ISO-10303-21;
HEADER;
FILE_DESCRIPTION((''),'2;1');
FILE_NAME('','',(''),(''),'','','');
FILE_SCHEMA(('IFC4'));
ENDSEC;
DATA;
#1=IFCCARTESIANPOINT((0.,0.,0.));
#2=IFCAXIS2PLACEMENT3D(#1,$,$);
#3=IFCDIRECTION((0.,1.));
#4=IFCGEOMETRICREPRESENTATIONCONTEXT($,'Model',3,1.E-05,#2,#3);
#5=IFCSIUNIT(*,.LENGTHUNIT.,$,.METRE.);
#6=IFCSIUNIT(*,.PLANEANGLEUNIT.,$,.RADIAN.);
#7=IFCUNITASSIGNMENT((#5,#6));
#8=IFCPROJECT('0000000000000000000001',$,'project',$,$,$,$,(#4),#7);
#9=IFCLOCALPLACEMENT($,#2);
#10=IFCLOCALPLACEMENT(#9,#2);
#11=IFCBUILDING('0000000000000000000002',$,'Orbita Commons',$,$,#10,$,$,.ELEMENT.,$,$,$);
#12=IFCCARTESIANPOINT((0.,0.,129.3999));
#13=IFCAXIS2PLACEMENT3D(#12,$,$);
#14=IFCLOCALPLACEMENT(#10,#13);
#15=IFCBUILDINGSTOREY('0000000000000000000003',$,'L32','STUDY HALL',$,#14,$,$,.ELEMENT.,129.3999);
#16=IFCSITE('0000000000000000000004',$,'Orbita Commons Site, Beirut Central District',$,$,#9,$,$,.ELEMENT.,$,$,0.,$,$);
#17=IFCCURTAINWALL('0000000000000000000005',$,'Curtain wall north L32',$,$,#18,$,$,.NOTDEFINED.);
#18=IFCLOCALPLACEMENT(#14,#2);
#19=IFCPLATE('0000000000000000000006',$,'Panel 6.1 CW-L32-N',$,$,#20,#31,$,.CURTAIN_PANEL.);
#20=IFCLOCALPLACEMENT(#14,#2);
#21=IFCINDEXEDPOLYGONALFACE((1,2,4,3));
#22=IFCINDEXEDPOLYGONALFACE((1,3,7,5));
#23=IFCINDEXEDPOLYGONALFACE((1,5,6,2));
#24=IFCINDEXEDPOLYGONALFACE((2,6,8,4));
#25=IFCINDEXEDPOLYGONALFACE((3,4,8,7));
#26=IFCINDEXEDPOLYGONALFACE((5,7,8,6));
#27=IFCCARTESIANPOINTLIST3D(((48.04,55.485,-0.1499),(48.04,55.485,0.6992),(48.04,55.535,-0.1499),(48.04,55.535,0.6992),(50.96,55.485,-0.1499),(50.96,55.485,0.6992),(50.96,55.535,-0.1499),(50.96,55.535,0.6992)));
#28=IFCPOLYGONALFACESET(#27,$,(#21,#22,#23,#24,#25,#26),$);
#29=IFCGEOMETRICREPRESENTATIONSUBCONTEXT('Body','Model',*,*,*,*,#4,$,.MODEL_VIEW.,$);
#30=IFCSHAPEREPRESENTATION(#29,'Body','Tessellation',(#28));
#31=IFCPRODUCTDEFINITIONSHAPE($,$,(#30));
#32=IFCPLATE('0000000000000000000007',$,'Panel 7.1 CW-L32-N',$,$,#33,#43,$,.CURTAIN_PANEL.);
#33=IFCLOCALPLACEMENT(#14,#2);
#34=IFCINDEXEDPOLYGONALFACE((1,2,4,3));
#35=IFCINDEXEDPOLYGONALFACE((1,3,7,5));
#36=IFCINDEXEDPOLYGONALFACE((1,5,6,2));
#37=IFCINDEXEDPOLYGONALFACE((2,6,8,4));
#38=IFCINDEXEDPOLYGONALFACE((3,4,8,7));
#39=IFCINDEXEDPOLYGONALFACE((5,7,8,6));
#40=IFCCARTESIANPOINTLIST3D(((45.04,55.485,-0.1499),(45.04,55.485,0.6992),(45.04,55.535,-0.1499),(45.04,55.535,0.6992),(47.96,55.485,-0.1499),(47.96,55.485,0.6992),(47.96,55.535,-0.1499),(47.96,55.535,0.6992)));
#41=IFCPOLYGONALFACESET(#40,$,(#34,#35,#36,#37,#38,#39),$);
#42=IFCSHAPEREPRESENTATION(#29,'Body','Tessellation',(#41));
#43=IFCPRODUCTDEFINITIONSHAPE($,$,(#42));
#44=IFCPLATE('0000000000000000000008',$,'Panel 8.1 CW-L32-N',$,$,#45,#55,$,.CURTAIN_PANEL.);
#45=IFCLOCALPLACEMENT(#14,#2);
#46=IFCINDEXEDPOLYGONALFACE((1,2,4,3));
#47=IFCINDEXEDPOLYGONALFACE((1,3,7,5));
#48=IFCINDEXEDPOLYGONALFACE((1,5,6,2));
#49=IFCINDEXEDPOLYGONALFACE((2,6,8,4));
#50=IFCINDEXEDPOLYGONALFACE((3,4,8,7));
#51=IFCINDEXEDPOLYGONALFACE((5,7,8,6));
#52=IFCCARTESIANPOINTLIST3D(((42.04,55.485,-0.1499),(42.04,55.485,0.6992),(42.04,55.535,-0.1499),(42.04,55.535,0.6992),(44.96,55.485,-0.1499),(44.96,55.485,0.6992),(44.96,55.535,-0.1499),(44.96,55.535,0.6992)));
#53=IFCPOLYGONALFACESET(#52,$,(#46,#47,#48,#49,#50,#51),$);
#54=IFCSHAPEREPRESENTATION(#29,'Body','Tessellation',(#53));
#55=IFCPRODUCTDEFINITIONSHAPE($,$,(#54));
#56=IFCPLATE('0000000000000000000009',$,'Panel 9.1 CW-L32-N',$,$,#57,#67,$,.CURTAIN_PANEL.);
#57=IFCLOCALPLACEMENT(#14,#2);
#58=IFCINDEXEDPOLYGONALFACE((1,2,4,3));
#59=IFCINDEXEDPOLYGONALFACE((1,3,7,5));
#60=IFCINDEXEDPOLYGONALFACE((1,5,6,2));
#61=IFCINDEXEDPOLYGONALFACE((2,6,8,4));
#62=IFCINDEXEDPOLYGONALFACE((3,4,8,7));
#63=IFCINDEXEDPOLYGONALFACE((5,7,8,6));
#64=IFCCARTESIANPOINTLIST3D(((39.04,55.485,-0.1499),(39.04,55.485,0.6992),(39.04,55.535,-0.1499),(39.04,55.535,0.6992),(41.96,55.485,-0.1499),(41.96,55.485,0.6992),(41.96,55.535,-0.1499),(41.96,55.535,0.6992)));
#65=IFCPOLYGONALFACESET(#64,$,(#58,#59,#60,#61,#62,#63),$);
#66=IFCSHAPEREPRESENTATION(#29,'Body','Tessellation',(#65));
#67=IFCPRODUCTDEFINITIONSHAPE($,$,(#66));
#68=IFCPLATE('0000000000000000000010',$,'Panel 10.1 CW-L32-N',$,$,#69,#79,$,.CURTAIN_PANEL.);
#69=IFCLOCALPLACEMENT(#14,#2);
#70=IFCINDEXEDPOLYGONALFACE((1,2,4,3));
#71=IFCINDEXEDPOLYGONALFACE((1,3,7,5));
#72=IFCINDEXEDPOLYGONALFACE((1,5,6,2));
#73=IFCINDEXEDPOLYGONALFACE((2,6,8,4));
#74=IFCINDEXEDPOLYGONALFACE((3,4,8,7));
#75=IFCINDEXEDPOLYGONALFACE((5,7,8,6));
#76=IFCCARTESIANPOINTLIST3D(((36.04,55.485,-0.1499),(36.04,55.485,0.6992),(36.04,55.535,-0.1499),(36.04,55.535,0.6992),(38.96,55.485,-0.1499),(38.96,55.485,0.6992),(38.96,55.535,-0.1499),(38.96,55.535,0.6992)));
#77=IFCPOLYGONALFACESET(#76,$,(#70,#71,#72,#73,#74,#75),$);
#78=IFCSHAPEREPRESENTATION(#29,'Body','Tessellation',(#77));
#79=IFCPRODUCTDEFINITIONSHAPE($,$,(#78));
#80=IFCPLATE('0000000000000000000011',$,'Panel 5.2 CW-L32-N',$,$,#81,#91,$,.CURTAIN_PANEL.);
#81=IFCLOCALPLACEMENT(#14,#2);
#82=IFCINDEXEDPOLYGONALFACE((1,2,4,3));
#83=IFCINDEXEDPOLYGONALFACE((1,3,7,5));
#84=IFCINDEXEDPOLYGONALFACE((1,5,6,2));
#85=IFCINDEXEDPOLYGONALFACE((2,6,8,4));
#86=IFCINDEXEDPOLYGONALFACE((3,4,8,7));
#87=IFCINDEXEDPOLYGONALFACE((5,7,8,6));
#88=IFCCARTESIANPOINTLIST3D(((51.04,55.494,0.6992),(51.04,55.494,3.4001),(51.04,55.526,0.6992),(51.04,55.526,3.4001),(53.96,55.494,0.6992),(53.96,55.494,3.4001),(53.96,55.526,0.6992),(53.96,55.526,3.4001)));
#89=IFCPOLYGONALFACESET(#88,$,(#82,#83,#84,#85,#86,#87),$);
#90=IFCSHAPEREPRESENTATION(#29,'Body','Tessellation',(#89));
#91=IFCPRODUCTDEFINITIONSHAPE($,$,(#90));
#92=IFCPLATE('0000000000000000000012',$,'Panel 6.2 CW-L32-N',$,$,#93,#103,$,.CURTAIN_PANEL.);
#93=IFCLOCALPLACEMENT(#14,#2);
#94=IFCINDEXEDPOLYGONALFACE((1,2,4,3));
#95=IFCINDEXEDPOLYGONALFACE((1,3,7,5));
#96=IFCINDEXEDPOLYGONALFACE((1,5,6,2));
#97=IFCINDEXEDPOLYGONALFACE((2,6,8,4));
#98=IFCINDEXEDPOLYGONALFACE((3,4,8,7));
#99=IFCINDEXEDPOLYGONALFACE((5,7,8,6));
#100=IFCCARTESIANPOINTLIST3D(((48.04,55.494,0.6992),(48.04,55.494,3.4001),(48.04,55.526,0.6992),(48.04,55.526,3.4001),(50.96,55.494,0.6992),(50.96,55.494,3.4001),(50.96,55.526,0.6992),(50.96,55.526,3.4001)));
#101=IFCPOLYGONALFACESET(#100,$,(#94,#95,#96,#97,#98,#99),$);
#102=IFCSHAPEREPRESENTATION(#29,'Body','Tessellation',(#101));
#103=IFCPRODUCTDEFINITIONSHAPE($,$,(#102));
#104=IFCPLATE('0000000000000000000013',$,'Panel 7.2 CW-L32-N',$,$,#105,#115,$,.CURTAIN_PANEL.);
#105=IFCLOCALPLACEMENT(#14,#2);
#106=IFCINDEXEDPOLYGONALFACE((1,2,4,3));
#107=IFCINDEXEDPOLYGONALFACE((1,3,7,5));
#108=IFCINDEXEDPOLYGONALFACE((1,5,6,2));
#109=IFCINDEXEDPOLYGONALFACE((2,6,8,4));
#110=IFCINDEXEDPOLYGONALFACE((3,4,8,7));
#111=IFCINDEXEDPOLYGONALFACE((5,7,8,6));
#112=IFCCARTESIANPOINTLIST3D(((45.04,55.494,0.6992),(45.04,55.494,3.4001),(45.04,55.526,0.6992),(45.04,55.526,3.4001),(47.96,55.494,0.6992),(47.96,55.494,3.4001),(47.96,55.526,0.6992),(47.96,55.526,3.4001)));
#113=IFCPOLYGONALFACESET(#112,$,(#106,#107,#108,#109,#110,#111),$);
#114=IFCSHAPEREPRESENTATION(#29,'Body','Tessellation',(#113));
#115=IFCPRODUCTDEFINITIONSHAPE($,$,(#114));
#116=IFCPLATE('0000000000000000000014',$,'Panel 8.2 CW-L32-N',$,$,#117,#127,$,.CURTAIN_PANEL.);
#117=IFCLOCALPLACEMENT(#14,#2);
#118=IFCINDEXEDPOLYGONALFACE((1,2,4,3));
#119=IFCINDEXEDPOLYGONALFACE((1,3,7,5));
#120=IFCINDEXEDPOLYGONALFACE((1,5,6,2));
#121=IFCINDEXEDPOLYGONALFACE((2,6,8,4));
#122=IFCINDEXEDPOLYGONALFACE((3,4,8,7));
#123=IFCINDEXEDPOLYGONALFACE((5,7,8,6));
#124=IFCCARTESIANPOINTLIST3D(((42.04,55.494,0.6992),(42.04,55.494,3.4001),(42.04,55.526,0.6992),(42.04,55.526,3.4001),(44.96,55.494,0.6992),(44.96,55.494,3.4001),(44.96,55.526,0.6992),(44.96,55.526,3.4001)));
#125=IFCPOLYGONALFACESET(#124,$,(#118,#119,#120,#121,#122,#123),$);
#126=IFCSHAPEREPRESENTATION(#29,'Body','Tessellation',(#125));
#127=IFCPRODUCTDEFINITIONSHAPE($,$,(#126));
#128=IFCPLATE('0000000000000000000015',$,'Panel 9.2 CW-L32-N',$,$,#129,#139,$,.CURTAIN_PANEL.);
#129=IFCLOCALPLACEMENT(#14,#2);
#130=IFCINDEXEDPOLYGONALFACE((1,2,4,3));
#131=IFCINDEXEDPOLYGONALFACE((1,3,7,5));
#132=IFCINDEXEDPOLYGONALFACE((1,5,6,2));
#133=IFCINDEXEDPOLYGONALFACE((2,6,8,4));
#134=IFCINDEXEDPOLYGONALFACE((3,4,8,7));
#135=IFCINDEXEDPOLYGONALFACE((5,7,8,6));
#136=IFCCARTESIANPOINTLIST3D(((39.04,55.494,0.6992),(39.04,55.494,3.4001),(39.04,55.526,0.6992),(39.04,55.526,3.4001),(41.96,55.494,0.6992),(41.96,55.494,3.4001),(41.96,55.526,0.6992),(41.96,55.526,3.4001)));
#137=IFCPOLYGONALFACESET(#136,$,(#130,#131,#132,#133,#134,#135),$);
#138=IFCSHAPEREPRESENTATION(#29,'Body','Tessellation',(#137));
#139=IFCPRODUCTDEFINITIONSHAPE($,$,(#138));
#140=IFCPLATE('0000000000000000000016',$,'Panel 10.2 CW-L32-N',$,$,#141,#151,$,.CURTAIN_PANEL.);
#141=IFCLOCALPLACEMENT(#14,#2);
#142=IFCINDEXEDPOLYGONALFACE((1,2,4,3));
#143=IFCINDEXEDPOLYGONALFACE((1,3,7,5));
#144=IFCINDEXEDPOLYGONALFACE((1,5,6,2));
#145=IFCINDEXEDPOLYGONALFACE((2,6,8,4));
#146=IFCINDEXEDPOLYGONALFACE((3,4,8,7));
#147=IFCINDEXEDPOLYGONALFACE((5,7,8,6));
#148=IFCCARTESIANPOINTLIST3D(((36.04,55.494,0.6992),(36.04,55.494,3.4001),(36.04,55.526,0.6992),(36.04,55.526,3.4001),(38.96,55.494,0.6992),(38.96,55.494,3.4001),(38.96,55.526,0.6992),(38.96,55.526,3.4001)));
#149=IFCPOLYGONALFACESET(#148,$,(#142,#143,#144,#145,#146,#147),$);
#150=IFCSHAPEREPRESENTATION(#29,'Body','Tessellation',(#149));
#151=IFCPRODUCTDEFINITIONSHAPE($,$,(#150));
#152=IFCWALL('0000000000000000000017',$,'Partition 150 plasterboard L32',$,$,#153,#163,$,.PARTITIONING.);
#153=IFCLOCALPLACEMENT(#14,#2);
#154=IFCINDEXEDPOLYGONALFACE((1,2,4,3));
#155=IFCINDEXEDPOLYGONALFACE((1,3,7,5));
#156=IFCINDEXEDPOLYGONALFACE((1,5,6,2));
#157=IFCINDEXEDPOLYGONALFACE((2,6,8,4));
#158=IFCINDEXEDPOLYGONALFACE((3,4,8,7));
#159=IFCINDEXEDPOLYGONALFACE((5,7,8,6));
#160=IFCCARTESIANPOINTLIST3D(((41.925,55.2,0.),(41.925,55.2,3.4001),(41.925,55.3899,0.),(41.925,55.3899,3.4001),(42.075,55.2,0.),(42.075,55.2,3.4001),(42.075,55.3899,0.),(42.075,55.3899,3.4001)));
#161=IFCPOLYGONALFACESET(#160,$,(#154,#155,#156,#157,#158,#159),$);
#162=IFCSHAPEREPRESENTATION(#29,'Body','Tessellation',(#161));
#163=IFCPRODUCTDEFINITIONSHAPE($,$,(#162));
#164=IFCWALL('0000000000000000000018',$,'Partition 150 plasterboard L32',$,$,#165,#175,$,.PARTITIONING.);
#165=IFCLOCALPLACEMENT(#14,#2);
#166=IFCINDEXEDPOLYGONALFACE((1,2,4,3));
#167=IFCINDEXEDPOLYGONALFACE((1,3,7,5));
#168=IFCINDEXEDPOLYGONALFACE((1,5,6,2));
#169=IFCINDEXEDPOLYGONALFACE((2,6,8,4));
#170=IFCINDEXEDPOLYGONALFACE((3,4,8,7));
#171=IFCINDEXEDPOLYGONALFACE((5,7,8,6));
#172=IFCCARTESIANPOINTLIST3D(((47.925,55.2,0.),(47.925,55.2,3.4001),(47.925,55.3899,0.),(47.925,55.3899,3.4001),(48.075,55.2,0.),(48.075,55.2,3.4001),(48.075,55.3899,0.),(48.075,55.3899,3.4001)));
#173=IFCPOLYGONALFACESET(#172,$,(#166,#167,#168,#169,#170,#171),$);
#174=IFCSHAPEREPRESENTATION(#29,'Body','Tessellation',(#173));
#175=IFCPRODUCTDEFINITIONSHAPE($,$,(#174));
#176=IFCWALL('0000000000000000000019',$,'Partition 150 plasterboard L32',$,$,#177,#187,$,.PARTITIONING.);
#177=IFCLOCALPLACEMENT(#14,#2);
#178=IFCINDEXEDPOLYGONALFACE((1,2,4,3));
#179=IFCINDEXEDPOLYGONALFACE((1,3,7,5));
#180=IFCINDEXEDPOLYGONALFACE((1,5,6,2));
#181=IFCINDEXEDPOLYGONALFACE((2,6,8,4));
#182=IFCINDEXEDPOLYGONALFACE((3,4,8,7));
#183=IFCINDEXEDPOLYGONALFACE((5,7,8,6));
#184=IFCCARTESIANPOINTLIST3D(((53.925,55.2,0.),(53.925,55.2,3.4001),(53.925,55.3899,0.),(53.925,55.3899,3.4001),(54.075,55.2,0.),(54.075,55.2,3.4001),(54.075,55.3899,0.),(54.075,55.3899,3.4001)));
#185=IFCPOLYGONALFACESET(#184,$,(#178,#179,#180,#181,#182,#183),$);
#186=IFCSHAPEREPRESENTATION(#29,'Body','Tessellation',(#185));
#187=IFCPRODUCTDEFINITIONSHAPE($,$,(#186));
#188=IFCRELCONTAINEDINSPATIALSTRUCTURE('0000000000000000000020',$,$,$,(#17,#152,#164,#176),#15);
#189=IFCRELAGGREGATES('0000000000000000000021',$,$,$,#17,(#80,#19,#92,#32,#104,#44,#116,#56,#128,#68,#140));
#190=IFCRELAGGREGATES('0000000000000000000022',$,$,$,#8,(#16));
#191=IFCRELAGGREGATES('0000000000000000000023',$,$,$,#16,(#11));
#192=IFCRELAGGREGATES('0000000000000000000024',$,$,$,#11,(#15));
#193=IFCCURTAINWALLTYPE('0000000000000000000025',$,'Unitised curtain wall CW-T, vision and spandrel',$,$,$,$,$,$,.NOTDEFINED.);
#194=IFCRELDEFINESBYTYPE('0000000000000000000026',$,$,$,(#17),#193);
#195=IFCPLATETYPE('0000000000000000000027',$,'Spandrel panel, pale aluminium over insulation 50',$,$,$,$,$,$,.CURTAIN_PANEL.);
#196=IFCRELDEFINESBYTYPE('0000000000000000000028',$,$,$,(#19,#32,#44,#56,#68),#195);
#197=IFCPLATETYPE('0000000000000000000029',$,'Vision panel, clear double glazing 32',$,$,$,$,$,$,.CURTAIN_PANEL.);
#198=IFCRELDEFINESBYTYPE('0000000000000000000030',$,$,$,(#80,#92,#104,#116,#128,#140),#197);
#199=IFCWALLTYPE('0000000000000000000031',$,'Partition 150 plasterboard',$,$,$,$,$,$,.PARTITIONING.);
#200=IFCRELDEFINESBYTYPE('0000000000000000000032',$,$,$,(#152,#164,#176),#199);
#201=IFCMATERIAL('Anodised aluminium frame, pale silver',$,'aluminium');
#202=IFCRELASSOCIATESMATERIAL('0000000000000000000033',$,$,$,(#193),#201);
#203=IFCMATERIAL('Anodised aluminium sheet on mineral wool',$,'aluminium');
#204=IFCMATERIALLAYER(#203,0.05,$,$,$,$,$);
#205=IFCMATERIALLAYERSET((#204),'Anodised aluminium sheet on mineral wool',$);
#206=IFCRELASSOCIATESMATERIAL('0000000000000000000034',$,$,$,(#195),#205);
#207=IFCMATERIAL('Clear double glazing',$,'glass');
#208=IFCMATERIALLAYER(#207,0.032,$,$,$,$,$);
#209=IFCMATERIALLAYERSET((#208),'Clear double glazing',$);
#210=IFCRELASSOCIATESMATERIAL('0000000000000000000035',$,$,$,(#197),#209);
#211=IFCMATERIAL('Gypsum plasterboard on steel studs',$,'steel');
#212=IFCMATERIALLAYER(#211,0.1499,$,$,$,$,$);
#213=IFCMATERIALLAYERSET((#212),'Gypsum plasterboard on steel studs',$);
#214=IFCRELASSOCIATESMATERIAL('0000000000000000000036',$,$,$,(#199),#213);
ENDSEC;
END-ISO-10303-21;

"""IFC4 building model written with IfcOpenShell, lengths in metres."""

from ifc_helpers import new_model, si_unit, direction, frame, frame_2d, origin, origin_2d, place, context, subcontext, project, spatial, rectangle, extrude, material, layer, layer_set, type_object, element, aggregate, save


model = new_model("IFC4")

# Units and contexts
model_context = context("Model", 3, precision=1e-05, world=origin(), true_north=direction((0.0, 1.0)))
body_context = subcontext(model_context, "Body", "Model", "MODEL_VIEW")
ifc_project = project(units=[si_unit("LENGTHUNIT", "METRE"), si_unit("PLANEANGLEUNIT", "RADIAN")], contexts=[model_context])

# Site, building, storey
site_placement = place(None, origin())
site = spatial("IfcSite", under=ifc_project, at=site_placement, Name="Orbita Commons Site, Beirut Central District", CompositionType="ELEMENT", RefElevation=0.0)
building_placement = place(site_placement, origin())
building = spatial("IfcBuilding", under=site, at=building_placement, Name="Orbita Commons", CompositionType="ELEMENT")
storey_placement = place(building_placement, frame((0.0, 0.0, 129.3999)))
storey = spatial("IfcBuildingStorey", under=building, at=storey_placement, Name="L32", Description="STUDY HALL", CompositionType="ELEMENT", Elevation=129.3999)

# Curtain wall, plates
ifc_material_1 = material(Name="Anodised aluminium frame, pale silver", Category="aluminium")
curtain_wall_type = type_object("IfcCurtainWallType", Name="Unitised curtain wall CW-T, vision and spandrel", PredefinedType="NOTDEFINED", material=ifc_material_1)
curtain_wall_placement = place(storey_placement, origin())
curtain_wall = element("IfcCurtainWall", 1, at=curtain_wall_placement, inside=storey, type_object=curtain_wall_type, Name="Curtain wall north L32", PredefinedType="NOTDEFINED")
ifc_material_2 = material(Name="Anodised aluminium sheet on mineral wool", Category="aluminium")
ifc_layer_1 = layer(ifc_material_2, 0.05)
ifc_layer_set_1 = layer_set([ifc_layer_1], Name="Anodised aluminium sheet on mineral wool")
plate_type_1 = type_object("IfcPlateType", Name="Spandrel panel, pale aluminium over insulation 50", PredefinedType="CURTAIN_PANEL", material=ifc_layer_set_1)
plate_1_placement = place(storey_placement, frame((49.5, 55.51, -0.1499), z_axis=(0.0, 0.0, 1.0), x_axis=(-1.0, 0.0, 0.0)))
plate_1 = element("IfcPlate", 2, at=plate_1_placement, type_object=plate_type_1, Name="Panel 6.1 CW-L32-N", PredefinedType="CURTAIN_PANEL", context=body_context, shape_type="SweptSolid", body=[
    extrude(rectangle(XDim=2.9199, YDim=0.05, at=origin_2d()), origin(), (0.0, 0.0, 1.0), 0.8491),
])
plate_2_placement = place(storey_placement, frame((46.5, 55.51, -0.1499), z_axis=(0.0, 0.0, 1.0), x_axis=(-1.0, 0.0, 0.0)))
plate_2 = element("IfcPlate", 3, at=plate_2_placement, type_object=plate_type_1, Name="Panel 7.1 CW-L32-N", PredefinedType="CURTAIN_PANEL", context=body_context, shape_type="SweptSolid", body=[
    extrude(rectangle(XDim=2.9199, YDim=0.05, at=origin_2d()), origin(), (0.0, 0.0, 1.0), 0.8491),
])
plate_3_placement = place(storey_placement, frame((43.5, 55.51, -0.1499), z_axis=(0.0, 0.0, 1.0), x_axis=(-1.0, 0.0, 0.0)))
plate_3 = element("IfcPlate", 4, at=plate_3_placement, type_object=plate_type_1, Name="Panel 8.1 CW-L32-N", PredefinedType="CURTAIN_PANEL", context=body_context, shape_type="SweptSolid", body=[
    extrude(rectangle(XDim=2.9199, YDim=0.05, at=origin_2d()), origin(), (0.0, 0.0, 1.0), 0.8491),
])
plate_4_placement = place(storey_placement, frame((40.5, 55.51, -0.1499), z_axis=(0.0, 0.0, 1.0), x_axis=(-1.0, 0.0, 0.0)))
plate_4 = element("IfcPlate", 5, at=plate_4_placement, type_object=plate_type_1, Name="Panel 9.1 CW-L32-N", PredefinedType="CURTAIN_PANEL", context=body_context, shape_type="SweptSolid", body=[
    extrude(rectangle(XDim=2.9199, YDim=0.05, at=origin_2d()), origin(), (0.0, 0.0, 1.0), 0.8491),
])
plate_5_placement = place(storey_placement, frame((37.5, 55.51, -0.1499), z_axis=(0.0, 0.0, 1.0), x_axis=(-1.0, 0.0, 0.0)))
plate_5 = element("IfcPlate", 6, at=plate_5_placement, type_object=plate_type_1, Name="Panel 10.1 CW-L32-N", PredefinedType="CURTAIN_PANEL", context=body_context, shape_type="SweptSolid", body=[
    extrude(rectangle(XDim=2.9199, YDim=0.05, at=origin_2d()), origin(), (0.0, 0.0, 1.0), 0.8491),
])
ifc_material_3 = material(Name="Clear double glazing", Category="glass")
ifc_layer_2 = layer(ifc_material_3, 0.032)
ifc_layer_set_2 = layer_set([ifc_layer_2], Name="Clear double glazing")
plate_type_2 = type_object("IfcPlateType", Name="Vision panel, clear double glazing 32", PredefinedType="CURTAIN_PANEL", material=ifc_layer_set_2)
plate_6_placement = place(storey_placement, frame((52.5, 55.51, 0.6992), z_axis=(0.0, 0.0, 1.0), x_axis=(-1.0, 0.0, 0.0)))
plate_6 = element("IfcPlate", 7, at=plate_6_placement, type_object=plate_type_2, Name="Panel 5.2 CW-L32-N", PredefinedType="CURTAIN_PANEL", context=body_context, shape_type="SweptSolid", body=[
    extrude(rectangle(XDim=2.9199, YDim=0.032, at=origin_2d()), origin(), (0.0, 0.0, 1.0), 2.7009),
])
plate_7_placement = place(storey_placement, frame((49.5, 55.51, 0.6992), z_axis=(0.0, 0.0, 1.0), x_axis=(-1.0, 0.0, 0.0)))
plate_7 = element("IfcPlate", 8, at=plate_7_placement, type_object=plate_type_2, Name="Panel 6.2 CW-L32-N", PredefinedType="CURTAIN_PANEL", context=body_context, shape_type="SweptSolid", body=[
    extrude(rectangle(XDim=2.9199, YDim=0.032, at=origin_2d()), origin(), (0.0, 0.0, 1.0), 2.7009),
])
plate_8_placement = place(storey_placement, frame((46.5, 55.51, 0.6992), z_axis=(0.0, 0.0, 1.0), x_axis=(-1.0, 0.0, 0.0)))
plate_8 = element("IfcPlate", 9, at=plate_8_placement, type_object=plate_type_2, Name="Panel 7.2 CW-L32-N", PredefinedType="CURTAIN_PANEL", context=body_context, shape_type="SweptSolid", body=[
    extrude(rectangle(XDim=2.9199, YDim=0.032, at=origin_2d()), origin(), (0.0, 0.0, 1.0), 2.7009),
])
plate_9_placement = place(storey_placement, frame((43.5, 55.51, 0.6992), z_axis=(0.0, 0.0, 1.0), x_axis=(-1.0, 0.0, 0.0)))
plate_9 = element("IfcPlate", 10, at=plate_9_placement, type_object=plate_type_2, Name="Panel 8.2 CW-L32-N", PredefinedType="CURTAIN_PANEL", context=body_context, shape_type="SweptSolid", body=[
    extrude(rectangle(XDim=2.9199, YDim=0.032, at=origin_2d()), origin(), (0.0, 0.0, 1.0), 2.7009),
])
plate_10_placement = place(storey_placement, frame((40.5, 55.51, 0.6992), z_axis=(0.0, 0.0, 1.0), x_axis=(-1.0, 0.0, 0.0)))
plate_10 = element("IfcPlate", 11, at=plate_10_placement, type_object=plate_type_2, Name="Panel 9.2 CW-L32-N", PredefinedType="CURTAIN_PANEL", context=body_context, shape_type="SweptSolid", body=[
    extrude(rectangle(XDim=2.9199, YDim=0.032, at=origin_2d()), origin(), (0.0, 0.0, 1.0), 2.7009),
])
plate_11_placement = place(storey_placement, frame((37.5, 55.51, 0.6992), z_axis=(0.0, 0.0, 1.0), x_axis=(-1.0, 0.0, 0.0)))
plate_11 = element("IfcPlate", 12, at=plate_11_placement, type_object=plate_type_2, Name="Panel 10.2 CW-L32-N", PredefinedType="CURTAIN_PANEL", context=body_context, shape_type="SweptSolid", body=[
    extrude(rectangle(XDim=2.9199, YDim=0.032, at=origin_2d()), origin(), (0.0, 0.0, 1.0), 2.7009),
])
aggregate(curtain_wall, [plate_6, plate_1, plate_7, plate_2, plate_8, plate_3, plate_9, plate_4, plate_10, plate_5, plate_11])

# Walls
ifc_material_4 = material(Name="Gypsum plasterboard on steel studs", Category="steel")
ifc_layer_3 = layer(ifc_material_4, 0.1499)
ifc_layer_set_3 = layer_set([ifc_layer_3], Name="Gypsum plasterboard on steel studs")
wall_type = type_object("IfcWallType", Name="Partition 150 plasterboard", PredefinedType="PARTITIONING", material=ifc_layer_set_3)
for number, where, z_axis, x_axis, name in (
    (13, (42.0, 55.2, 0.0), (0.0, 0.0, 1.0), (0.0, 1.0, 0.0), "Partition 150 plasterboard L32"),
    (14, (48.0, 55.2, 0.0), (0.0, 0.0, 1.0), (0.0, 1.0, 0.0), "Partition 150 plasterboard L32"),
    (15, (54.0, 55.2, 0.0), (0.0, 0.0, 1.0), (0.0, 1.0, 0.0), "Partition 150 plasterboard L32"),
):
    element("IfcWall", number, at=place(storey_placement, frame(where, z_axis=z_axis, x_axis=x_axis)), inside=storey, type_object=wall_type, Name=name, PredefinedType="PARTITIONING", context=body_context, shape_type="SweptSolid", body=[
        extrude(rectangle(XDim=0.1899, YDim=0.1499, at=frame_2d((0.095, 0.0))), origin(), (0.0, 0.0, 1.0), 3.4001),
    ])

save(model, "model.ifc")
